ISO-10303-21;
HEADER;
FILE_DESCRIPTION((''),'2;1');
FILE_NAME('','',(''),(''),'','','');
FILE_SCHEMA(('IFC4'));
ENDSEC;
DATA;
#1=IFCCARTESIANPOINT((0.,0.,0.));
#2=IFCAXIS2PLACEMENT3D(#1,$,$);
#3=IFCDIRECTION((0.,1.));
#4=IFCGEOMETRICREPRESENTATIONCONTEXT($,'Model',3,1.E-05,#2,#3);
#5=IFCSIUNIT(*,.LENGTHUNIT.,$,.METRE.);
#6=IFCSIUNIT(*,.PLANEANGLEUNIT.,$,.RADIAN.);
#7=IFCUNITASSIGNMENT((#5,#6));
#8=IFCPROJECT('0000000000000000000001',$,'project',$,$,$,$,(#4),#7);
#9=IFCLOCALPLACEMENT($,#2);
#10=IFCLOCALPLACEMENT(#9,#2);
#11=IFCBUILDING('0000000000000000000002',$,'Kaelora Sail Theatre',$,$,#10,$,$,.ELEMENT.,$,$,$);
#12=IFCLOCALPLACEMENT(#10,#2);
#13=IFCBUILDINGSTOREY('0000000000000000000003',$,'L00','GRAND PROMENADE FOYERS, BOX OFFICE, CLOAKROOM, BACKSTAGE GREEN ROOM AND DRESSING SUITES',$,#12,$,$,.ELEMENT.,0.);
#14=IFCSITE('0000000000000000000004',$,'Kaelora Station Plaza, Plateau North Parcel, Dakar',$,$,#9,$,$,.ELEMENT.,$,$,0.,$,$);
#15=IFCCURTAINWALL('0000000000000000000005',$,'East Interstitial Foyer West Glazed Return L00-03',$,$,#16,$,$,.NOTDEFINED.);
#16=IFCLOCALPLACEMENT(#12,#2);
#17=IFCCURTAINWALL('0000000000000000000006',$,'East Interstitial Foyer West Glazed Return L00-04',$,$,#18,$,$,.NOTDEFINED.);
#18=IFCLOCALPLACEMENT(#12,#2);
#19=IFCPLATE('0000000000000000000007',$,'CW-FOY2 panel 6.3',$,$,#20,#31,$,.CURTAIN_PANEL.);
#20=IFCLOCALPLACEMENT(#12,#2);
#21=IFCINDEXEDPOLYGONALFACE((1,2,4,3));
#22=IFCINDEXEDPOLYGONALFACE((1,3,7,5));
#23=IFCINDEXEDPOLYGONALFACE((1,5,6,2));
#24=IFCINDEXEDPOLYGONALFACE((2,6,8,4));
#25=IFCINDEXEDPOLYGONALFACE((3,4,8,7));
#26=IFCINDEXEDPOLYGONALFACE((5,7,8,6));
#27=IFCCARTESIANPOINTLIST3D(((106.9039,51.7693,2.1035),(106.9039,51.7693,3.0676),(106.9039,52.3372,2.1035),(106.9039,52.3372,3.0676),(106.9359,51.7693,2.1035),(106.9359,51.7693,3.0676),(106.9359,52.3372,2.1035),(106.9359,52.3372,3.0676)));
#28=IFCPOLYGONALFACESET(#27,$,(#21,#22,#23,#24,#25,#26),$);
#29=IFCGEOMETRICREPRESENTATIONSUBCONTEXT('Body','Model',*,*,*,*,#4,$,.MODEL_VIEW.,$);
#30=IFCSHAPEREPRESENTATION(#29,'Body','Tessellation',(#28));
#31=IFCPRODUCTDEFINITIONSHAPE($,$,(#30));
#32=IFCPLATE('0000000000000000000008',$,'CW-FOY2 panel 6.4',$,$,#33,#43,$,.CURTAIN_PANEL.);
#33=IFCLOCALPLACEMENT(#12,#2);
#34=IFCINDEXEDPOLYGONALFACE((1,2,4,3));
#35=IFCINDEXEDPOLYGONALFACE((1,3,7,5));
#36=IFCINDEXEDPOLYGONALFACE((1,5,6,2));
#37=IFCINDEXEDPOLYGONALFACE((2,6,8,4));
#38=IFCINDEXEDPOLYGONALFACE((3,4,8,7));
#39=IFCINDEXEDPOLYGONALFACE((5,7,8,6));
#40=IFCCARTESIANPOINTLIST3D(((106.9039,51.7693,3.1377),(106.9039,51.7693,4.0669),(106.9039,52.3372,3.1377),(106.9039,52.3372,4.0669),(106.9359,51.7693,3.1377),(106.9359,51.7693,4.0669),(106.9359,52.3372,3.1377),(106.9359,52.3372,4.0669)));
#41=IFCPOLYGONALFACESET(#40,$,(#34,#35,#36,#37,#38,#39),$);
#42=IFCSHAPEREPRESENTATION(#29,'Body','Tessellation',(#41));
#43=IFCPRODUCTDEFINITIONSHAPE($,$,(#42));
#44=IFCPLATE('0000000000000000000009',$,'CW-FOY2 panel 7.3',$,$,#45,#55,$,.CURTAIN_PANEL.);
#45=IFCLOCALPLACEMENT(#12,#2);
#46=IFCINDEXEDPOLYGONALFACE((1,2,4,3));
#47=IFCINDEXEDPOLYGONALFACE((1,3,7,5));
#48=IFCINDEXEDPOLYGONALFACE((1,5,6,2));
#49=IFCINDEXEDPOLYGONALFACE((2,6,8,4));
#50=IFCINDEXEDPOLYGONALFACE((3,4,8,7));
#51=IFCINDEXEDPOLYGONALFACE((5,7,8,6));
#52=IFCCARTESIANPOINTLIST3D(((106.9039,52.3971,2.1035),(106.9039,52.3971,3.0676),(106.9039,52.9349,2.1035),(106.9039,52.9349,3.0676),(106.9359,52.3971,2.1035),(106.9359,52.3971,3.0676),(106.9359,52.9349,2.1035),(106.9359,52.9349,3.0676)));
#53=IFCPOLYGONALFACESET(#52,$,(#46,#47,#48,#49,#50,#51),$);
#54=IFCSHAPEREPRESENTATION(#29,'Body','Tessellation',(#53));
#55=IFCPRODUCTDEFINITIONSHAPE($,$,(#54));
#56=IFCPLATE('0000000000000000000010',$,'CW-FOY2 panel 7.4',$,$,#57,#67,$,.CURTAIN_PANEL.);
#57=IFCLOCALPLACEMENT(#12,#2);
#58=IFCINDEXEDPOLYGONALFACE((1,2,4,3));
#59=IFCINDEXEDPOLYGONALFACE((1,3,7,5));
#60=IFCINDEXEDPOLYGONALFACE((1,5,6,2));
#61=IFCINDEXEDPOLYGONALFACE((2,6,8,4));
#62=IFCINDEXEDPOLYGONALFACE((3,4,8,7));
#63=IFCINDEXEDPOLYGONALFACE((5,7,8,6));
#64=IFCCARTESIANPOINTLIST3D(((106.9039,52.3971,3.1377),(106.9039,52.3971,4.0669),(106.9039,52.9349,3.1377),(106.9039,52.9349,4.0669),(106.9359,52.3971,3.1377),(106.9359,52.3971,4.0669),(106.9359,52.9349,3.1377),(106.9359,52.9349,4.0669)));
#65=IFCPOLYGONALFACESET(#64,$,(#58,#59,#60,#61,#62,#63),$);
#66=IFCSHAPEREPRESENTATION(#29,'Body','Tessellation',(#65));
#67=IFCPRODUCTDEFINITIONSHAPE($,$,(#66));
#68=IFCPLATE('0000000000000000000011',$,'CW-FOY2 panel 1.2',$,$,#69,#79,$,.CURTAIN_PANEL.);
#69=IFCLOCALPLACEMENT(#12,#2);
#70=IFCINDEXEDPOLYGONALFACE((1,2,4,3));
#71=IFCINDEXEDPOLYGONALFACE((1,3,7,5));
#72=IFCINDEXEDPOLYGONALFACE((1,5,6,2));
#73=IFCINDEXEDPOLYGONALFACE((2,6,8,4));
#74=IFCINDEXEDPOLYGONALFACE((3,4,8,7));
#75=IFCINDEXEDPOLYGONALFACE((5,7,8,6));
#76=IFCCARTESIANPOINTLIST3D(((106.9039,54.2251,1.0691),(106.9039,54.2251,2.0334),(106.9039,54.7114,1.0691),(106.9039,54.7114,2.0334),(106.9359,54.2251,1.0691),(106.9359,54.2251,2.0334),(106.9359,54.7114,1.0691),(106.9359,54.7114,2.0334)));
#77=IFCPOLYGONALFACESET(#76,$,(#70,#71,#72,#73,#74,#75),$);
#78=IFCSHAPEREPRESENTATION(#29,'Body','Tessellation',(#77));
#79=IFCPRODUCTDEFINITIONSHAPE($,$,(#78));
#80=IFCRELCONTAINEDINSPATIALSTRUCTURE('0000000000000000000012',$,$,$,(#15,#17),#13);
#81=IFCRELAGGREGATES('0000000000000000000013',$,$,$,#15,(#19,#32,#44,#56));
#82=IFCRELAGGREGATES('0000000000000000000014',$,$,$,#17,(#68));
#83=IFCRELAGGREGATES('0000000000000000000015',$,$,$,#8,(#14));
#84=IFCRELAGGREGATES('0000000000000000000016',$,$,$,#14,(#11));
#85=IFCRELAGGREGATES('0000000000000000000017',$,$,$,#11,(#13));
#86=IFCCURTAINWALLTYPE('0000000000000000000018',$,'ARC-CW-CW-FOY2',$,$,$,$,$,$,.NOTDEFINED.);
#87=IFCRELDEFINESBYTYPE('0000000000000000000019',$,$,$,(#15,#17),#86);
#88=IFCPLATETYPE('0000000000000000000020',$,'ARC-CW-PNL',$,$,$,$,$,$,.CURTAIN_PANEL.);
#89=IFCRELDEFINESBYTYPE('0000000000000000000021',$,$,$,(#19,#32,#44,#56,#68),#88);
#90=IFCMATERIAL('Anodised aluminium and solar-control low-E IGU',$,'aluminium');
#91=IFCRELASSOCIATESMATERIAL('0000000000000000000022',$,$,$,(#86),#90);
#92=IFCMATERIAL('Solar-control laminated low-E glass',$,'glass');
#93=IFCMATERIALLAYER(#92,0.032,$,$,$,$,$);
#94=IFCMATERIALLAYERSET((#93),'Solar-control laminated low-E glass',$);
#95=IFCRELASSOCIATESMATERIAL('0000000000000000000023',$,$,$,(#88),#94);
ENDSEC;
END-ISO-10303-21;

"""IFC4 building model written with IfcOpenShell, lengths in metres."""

from ifc_helpers import new_model, si_unit, direction, frame, origin, origin_2d, place, context, subcontext, project, spatial, rectangle, extrude, material, layer, layer_set, type_object, element, aggregate, save


model = new_model("IFC4")

# Units and contexts
model_context = context("Model", 3, precision=1e-05, world=origin(), true_north=direction((0.0, 1.0)))
body_context = subcontext(model_context, "Body", "Model", "MODEL_VIEW")
ifc_project = project(units=[si_unit("LENGTHUNIT", "METRE"), si_unit("PLANEANGLEUNIT", "RADIAN")], contexts=[model_context])

# Site, building, storey
site_placement = place(None, origin())
site = spatial("IfcSite", under=ifc_project, at=site_placement, Name="Kaelora Station Plaza, Plateau North Parcel, Dakar", CompositionType="ELEMENT", RefElevation=0.0)
building_placement = place(site_placement, origin())
building = spatial("IfcBuilding", under=site, at=building_placement, Name="Kaelora Sail Theatre", CompositionType="ELEMENT")
storey_placement = place(building_placement, origin())
storey = spatial("IfcBuildingStorey", under=building, at=storey_placement, Name="L00", Description="GRAND PROMENADE FOYERS, BOX OFFICE, CLOAKROOM, BACKSTAGE GREEN ROOM AND DRESSING SUITES", CompositionType="ELEMENT", Elevation=0.0)

# Curtain walls
ifc_material_1 = material(Name="Anodised aluminium and solar-control low-E IGU", Category="aluminium")
curtain_wall_type = type_object("IfcCurtainWallType", Name="ARC-CW-CW-FOY2", PredefinedType="NOTDEFINED", material=ifc_material_1)
curtain_wall_1_placement = place(storey_placement, origin())
curtain_wall_1 = element("IfcCurtainWall", 1, at=curtain_wall_1_placement, inside=storey, type_object=curtain_wall_type, Name="East Interstitial Foyer West Glazed Return L00-03", PredefinedType="NOTDEFINED")
curtain_wall_2_placement = place(storey_placement, origin())
curtain_wall_2 = element("IfcCurtainWall", 2, at=curtain_wall_2_placement, inside=storey, type_object=curtain_wall_type, Name="East Interstitial Foyer West Glazed Return L00-04", PredefinedType="NOTDEFINED")

# Plates
ifc_material_2 = material(Name="Solar-control laminated low-E glass", Category="glass")
ifc_layer = layer(ifc_material_2, 0.032)
ifc_layer_set = layer_set([ifc_layer], Name="Solar-control laminated low-E glass")
plate_type = type_object("IfcPlateType", Name="ARC-CW-PNL", PredefinedType="CURTAIN_PANEL", material=ifc_layer_set)
plate_1_placement = place(storey_placement, frame((106.9199, 52.0532, 2.1035), z_axis=(0.0, 0.0, 1.0), x_axis=(0.0, 1.0, 0.0)))
plate_1 = element("IfcPlate", 3, at=plate_1_placement, type_object=plate_type, Name="CW-FOY2 panel 6.3", PredefinedType="CURTAIN_PANEL", context=body_context, shape_type="SweptSolid", body=[
    extrude(rectangle(XDim=0.5679, YDim=0.032, at=origin_2d()), origin(), (0.0, 0.0, 1.0), 0.9641),
])
plate_2_placement = place(storey_placement, frame((106.9199, 52.0532, 3.1377), z_axis=(0.0, 0.0, 1.0), x_axis=(0.0, 1.0, 0.0)))
plate_2 = element("IfcPlate", 4, at=plate_2_placement, type_object=plate_type, Name="CW-FOY2 panel 6.4", PredefinedType="CURTAIN_PANEL", context=body_context, shape_type="SweptSolid", body=[
    extrude(rectangle(XDim=0.5679, YDim=0.032, at=origin_2d()), origin(), (0.0, 0.0, 1.0), 0.9292),
])
plate_3_placement = place(storey_placement, frame((106.9199, 52.666, 2.1035), z_axis=(0.0, 0.0, 1.0), x_axis=(0.0, 1.0, 0.0)))
plate_3 = element("IfcPlate", 5, at=plate_3_placement, type_object=plate_type, Name="CW-FOY2 panel 7.3", PredefinedType="CURTAIN_PANEL", context=body_context, shape_type="SweptSolid", body=[
    extrude(rectangle(XDim=0.5378, YDim=0.032, at=origin_2d()), origin(), (0.0, 0.0, 1.0), 0.9641),
])
plate_4_placement = place(storey_placement, frame((106.9199, 52.666, 3.1377), z_axis=(0.0, 0.0, 1.0), x_axis=(0.0, 1.0, 0.0)))
plate_4 = element("IfcPlate", 6, at=plate_4_placement, type_object=plate_type, Name="CW-FOY2 panel 7.4", PredefinedType="CURTAIN_PANEL", context=body_context, shape_type="SweptSolid", body=[
    extrude(rectangle(XDim=0.5378, YDim=0.032, at=origin_2d()), origin(), (0.0, 0.0, 1.0), 0.9292),
])
aggregate(curtain_wall_1, [plate_1, plate_2, plate_3, plate_4])
plate_5_placement = place(storey_placement, frame((106.9199, 54.4683, 1.0691), z_axis=(0.0, 0.0, 1.0), x_axis=(0.0, 1.0, 0.0)))
plate_5 = element("IfcPlate", 7, at=plate_5_placement, type_object=plate_type, Name="CW-FOY2 panel 1.2", PredefinedType="CURTAIN_PANEL", context=body_context, shape_type="SweptSolid", body=[
    extrude(rectangle(XDim=0.4863, YDim=0.032, at=origin_2d()), origin(), (0.0, 0.0, 1.0), 0.9644),
])
aggregate(curtain_wall_2, [plate_5])

save(model, "model.ifc")
